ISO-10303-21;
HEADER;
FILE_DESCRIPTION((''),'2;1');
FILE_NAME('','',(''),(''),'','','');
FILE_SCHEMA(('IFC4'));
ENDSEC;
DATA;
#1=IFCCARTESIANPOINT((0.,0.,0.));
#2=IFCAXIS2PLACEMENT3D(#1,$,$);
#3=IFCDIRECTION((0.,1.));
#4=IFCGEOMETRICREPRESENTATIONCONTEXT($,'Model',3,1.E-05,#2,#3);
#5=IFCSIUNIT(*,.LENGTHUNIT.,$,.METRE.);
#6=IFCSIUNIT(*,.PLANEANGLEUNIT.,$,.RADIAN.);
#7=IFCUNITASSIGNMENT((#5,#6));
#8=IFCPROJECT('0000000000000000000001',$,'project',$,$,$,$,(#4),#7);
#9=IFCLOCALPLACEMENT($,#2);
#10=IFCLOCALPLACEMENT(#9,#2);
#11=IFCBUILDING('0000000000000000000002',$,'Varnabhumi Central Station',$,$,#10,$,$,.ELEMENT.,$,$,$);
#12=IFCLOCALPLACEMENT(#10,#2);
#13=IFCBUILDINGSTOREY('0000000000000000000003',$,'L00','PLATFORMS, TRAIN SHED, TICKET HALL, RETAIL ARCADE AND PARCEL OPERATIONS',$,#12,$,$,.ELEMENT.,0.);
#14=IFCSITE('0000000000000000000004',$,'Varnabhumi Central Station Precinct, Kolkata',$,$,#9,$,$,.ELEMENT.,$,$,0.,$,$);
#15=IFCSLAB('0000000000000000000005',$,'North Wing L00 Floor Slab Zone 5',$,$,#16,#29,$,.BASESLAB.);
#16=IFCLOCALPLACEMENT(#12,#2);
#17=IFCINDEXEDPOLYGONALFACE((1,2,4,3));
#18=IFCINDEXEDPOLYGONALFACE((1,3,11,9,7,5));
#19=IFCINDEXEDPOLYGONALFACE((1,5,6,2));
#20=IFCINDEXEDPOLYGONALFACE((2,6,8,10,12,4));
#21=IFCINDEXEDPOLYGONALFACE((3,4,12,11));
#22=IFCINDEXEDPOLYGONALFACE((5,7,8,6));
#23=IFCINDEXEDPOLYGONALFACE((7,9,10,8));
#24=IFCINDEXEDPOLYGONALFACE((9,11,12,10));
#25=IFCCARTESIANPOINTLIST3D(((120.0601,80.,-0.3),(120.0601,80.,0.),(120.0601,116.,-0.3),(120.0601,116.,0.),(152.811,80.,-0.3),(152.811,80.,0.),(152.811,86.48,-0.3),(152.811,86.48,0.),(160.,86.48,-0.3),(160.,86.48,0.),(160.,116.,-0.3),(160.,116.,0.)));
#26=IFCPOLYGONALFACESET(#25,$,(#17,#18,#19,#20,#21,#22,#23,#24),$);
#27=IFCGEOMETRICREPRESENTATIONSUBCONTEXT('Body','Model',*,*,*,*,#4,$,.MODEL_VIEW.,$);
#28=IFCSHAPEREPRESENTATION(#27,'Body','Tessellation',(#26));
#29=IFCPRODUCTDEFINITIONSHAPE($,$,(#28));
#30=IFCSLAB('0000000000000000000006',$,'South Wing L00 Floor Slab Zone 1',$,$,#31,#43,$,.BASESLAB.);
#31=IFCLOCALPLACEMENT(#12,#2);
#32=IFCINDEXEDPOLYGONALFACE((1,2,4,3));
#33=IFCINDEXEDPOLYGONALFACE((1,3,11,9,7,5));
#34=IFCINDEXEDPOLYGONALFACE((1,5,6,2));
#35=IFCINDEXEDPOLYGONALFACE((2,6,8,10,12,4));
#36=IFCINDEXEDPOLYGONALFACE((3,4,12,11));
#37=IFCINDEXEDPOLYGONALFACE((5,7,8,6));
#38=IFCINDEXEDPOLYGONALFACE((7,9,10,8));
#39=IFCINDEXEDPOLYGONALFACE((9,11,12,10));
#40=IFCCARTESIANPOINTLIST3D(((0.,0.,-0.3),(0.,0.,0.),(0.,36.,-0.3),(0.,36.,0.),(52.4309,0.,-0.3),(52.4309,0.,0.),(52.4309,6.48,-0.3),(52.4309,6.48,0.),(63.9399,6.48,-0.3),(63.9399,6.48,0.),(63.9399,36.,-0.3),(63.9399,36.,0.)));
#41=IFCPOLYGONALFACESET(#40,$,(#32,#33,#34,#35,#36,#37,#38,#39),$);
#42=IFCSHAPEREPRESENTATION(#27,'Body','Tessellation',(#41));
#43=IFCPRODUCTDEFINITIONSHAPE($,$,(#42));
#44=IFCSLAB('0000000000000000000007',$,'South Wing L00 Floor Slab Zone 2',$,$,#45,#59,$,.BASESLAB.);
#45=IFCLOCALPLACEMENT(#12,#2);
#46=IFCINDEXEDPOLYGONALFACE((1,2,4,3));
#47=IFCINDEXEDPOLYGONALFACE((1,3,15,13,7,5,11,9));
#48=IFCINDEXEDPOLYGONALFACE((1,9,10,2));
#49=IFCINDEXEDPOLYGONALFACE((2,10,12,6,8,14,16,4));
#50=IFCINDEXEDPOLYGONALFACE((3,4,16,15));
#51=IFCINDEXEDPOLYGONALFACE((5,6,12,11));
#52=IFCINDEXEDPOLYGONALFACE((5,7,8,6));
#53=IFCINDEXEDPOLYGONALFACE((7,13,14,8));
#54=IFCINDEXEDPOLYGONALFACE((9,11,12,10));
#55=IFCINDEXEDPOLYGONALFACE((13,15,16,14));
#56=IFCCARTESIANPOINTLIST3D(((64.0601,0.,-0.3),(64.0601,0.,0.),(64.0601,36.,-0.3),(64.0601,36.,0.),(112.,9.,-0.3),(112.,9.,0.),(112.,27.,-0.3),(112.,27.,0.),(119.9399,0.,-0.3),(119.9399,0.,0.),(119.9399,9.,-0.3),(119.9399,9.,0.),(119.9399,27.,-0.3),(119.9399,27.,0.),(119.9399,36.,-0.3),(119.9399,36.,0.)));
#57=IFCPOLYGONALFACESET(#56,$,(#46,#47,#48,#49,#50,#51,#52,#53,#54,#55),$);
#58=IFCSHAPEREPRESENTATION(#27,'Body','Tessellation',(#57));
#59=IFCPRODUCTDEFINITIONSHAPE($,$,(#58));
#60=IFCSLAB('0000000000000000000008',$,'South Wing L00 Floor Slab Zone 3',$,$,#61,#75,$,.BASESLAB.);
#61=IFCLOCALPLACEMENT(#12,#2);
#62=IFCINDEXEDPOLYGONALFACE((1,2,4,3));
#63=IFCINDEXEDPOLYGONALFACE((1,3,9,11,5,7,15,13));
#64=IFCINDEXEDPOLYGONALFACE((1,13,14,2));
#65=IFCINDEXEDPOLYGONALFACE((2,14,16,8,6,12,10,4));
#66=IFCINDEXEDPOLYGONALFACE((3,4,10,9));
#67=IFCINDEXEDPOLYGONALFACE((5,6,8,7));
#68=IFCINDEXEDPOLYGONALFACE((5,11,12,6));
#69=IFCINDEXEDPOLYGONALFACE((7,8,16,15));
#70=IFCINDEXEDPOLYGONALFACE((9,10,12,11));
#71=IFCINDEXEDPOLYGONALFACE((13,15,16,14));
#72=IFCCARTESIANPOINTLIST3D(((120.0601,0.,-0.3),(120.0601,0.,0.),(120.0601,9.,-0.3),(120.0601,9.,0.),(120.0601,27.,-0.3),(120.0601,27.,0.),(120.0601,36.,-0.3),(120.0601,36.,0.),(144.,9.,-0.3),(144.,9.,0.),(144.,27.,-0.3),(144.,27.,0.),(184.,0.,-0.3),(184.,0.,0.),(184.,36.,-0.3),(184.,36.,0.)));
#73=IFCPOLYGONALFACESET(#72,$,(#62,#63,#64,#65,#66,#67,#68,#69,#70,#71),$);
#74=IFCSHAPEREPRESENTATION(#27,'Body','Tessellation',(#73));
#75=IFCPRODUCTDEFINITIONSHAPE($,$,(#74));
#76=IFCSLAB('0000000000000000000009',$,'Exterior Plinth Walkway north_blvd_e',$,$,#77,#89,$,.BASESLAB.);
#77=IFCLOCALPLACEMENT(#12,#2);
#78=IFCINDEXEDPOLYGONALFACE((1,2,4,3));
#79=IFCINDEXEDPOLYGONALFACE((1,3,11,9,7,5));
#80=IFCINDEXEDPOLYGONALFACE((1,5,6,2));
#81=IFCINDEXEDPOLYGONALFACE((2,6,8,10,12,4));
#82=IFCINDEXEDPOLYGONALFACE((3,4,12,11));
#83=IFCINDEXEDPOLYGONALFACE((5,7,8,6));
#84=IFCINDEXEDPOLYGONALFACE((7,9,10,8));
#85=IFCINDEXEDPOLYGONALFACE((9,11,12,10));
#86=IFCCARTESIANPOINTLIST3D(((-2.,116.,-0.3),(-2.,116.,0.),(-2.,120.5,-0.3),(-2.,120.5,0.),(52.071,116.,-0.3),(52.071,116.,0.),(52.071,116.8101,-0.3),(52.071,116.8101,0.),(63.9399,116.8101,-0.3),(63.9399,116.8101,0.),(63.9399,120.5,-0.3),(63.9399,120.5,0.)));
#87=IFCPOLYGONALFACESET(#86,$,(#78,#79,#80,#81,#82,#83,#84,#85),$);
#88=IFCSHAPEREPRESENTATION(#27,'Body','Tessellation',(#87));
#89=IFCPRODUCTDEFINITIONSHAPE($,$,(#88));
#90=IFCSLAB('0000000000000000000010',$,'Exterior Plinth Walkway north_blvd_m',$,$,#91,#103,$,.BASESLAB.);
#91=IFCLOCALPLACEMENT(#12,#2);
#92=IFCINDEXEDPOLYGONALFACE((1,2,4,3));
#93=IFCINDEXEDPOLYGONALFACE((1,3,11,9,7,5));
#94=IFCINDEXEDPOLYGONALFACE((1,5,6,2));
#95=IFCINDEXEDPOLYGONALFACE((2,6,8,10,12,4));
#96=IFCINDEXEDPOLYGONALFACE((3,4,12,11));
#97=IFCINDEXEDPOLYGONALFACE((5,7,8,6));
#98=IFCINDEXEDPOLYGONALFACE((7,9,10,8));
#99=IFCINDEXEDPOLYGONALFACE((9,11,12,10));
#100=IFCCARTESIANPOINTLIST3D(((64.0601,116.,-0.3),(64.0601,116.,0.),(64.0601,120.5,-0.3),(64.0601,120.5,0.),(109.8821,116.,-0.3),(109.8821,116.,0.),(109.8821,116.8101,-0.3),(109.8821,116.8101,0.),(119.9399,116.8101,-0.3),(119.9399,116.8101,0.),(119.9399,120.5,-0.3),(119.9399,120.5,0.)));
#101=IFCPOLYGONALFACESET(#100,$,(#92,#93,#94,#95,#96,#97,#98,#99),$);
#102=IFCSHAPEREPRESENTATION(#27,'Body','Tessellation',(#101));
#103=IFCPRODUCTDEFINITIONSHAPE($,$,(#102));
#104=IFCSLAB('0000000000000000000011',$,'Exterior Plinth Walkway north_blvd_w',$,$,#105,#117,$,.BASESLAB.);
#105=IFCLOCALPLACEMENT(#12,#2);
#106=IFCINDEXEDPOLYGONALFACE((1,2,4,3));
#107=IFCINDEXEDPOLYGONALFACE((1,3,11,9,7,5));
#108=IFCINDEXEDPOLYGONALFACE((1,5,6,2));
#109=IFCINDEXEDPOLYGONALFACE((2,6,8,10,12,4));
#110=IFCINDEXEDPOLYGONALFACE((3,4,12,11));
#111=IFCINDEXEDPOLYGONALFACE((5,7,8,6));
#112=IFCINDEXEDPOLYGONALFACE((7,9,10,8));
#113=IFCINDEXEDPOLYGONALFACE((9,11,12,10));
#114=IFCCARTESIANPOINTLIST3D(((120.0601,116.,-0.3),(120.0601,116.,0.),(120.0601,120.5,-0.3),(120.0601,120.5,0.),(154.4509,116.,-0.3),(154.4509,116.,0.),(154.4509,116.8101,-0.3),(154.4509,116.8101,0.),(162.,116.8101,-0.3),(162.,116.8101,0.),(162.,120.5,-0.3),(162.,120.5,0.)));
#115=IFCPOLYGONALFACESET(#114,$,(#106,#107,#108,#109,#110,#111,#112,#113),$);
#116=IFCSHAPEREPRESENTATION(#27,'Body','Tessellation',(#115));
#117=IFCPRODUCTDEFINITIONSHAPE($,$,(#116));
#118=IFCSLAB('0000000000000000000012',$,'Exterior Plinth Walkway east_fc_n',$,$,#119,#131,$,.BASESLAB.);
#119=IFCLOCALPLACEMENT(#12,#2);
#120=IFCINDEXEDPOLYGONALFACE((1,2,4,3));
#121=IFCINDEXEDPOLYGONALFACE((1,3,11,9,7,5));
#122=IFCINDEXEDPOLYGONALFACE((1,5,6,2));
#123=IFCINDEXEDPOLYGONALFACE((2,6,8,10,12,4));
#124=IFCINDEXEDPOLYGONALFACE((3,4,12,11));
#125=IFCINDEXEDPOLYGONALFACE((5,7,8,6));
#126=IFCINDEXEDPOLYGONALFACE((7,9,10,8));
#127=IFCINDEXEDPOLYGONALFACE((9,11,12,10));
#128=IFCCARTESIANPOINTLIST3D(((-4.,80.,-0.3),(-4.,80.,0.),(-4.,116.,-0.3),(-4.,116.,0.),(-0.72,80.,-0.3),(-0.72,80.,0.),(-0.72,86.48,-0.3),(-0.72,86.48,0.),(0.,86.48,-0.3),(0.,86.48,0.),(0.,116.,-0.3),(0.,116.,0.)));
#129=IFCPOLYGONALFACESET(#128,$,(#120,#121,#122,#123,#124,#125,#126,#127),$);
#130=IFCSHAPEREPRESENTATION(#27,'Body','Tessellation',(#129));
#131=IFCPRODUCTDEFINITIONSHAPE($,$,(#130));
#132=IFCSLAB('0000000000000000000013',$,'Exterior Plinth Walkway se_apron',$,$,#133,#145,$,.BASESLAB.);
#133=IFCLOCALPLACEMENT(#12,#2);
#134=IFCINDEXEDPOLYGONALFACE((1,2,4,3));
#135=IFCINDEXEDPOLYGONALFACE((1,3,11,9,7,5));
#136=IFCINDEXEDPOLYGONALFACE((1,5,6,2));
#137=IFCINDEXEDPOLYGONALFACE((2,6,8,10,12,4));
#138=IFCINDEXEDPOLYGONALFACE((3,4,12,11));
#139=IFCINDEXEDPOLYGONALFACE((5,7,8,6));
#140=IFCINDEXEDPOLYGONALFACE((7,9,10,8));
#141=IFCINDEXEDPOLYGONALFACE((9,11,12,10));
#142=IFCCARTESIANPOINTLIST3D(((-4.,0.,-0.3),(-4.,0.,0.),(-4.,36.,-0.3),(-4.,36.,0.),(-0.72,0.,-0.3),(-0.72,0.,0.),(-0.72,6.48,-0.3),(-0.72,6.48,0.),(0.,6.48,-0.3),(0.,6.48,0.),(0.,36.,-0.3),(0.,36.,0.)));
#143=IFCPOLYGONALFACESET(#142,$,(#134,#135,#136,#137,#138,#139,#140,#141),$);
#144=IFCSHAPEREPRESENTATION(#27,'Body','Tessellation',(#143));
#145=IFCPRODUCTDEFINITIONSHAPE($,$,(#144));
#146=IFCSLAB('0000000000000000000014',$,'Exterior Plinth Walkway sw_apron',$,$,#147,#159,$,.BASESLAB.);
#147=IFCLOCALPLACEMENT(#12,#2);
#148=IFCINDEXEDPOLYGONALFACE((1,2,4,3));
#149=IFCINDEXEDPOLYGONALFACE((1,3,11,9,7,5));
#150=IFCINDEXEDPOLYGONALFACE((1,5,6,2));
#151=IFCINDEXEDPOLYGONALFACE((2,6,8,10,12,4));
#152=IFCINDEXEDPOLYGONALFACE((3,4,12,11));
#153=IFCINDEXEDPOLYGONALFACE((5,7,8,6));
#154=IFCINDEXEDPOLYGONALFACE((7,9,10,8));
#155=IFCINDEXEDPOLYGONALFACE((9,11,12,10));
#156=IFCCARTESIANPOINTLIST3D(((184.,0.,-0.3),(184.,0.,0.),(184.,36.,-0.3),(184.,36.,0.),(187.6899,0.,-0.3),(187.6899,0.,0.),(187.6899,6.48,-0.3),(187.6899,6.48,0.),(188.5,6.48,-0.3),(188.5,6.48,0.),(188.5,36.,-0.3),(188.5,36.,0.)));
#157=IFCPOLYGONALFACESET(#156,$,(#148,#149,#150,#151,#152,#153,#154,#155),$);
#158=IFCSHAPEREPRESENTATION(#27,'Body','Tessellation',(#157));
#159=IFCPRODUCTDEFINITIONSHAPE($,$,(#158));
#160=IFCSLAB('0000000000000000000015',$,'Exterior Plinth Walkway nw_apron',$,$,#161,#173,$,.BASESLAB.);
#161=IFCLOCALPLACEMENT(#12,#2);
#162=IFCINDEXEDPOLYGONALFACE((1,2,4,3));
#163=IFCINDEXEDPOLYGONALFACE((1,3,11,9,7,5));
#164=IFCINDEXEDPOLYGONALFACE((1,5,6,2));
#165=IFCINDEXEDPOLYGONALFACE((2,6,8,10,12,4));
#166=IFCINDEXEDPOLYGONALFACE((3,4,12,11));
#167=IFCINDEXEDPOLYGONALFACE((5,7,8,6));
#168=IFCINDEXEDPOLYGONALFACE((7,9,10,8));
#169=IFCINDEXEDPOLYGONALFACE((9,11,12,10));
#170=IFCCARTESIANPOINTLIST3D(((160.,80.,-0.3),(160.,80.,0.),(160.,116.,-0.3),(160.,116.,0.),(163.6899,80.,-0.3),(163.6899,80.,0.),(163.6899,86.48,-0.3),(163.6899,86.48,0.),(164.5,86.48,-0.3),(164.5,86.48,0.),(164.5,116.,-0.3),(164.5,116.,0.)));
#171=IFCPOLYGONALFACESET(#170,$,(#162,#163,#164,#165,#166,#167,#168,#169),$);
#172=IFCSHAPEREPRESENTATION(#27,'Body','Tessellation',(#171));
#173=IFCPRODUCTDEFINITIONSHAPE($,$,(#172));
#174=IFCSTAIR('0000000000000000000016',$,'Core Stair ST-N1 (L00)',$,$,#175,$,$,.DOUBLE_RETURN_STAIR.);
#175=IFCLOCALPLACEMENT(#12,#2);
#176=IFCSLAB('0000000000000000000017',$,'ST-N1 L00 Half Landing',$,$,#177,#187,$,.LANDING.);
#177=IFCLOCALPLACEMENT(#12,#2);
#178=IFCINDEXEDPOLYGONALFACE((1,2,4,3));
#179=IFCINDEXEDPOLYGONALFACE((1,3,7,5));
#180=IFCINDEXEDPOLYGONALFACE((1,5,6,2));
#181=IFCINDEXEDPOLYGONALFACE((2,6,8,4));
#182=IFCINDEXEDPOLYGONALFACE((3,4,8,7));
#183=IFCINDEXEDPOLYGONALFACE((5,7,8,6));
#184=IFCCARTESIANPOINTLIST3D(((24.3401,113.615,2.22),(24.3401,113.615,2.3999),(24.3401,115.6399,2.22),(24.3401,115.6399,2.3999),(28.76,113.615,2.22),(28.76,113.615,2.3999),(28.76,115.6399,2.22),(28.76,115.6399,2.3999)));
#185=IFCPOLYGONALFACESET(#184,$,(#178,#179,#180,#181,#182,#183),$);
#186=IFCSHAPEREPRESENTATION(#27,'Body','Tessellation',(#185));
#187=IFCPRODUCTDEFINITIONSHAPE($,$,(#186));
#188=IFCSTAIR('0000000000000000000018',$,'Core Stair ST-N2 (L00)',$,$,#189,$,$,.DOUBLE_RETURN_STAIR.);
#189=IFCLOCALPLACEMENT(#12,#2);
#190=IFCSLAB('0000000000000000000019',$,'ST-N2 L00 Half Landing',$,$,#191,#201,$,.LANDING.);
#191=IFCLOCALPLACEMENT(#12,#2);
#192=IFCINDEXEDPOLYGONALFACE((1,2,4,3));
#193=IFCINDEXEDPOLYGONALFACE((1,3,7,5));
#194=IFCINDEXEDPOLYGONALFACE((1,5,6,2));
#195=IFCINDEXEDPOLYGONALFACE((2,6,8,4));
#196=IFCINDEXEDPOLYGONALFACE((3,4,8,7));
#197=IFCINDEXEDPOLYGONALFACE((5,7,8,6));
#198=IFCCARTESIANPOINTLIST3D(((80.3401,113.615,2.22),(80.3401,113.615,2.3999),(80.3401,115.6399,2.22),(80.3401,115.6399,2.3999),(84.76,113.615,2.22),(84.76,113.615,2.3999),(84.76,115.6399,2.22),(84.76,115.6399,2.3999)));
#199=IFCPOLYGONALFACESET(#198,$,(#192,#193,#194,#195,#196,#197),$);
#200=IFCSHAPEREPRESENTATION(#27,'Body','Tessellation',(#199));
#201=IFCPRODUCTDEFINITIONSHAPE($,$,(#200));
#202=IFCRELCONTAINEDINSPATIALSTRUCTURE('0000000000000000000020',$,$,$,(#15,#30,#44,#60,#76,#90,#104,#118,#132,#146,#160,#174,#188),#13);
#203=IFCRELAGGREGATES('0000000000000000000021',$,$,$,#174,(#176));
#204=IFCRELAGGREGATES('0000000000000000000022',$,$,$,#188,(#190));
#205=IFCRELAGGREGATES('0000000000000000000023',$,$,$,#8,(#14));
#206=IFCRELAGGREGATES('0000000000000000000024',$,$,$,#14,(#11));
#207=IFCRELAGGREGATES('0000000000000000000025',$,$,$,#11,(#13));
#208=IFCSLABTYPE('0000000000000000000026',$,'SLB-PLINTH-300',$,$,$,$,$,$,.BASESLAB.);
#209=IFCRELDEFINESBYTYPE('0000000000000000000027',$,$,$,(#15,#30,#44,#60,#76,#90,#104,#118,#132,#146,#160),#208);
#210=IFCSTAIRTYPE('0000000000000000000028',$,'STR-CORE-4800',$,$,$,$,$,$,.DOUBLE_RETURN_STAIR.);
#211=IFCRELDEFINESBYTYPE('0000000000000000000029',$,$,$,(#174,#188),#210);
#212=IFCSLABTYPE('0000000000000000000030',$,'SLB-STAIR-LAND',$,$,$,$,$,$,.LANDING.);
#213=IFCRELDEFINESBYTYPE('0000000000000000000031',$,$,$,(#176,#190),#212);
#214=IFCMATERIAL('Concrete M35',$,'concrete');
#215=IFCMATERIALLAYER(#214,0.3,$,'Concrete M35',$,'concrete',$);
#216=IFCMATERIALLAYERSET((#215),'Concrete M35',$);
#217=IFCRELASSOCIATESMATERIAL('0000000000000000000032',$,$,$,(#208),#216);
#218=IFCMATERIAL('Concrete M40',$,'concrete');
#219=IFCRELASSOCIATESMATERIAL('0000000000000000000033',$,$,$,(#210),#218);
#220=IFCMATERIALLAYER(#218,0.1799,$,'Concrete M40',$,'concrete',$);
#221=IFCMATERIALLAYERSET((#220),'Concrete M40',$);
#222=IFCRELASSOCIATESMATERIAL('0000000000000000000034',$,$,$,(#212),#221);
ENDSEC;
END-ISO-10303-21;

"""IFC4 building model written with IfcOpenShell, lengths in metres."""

from ifc_helpers import new_model, si_unit, direction, frame, origin, place, context, subcontext, project, spatial, polyline, outline, extrude, material, layer, layer_set, type_object, element, aggregate, save


model = new_model("IFC4")

# Units and contexts
model_context = context("Model", 3, precision=1e-05, world=origin(), true_north=direction((0.0, 1.0)))
body_context = subcontext(model_context, "Body", "Model", "MODEL_VIEW")
ifc_project = project(units=[si_unit("LENGTHUNIT", "METRE"), si_unit("PLANEANGLEUNIT", "RADIAN")], contexts=[model_context])

# Site, building, storey
site_placement = place(None, origin())
site = spatial("IfcSite", under=ifc_project, at=site_placement, Name="Varnabhumi Central Station Precinct, Kolkata", CompositionType="ELEMENT", RefElevation=0.0)
building_placement = place(site_placement, origin())
building = spatial("IfcBuilding", under=site, at=building_placement, Name="Varnabhumi Central Station", CompositionType="ELEMENT")
storey_placement = place(building_placement, origin())
storey = spatial("IfcBuildingStorey", under=building, at=storey_placement, Name="L00", Description="PLATFORMS, TRAIN SHED, TICKET HALL, RETAIL ARCADE AND PARCEL OPERATIONS", CompositionType="ELEMENT", Elevation=0.0)

# Slabs
ifc_material_1 = material(Name="Concrete M35", Category="concrete")
ifc_layer_1 = layer(ifc_material_1, 0.3, Name="Concrete M35", Category="concrete")
ifc_layer_set_1 = layer_set([ifc_layer_1], Name="Concrete M35")
slab_type_1 = type_object("IfcSlabType", Name="SLB-PLINTH-300", PredefinedType="BASESLAB", material=ifc_layer_set_1)
slab_1_placement = place(storey_placement, frame((0.0, 0.0, -0.3)))
element("IfcSlab", 1, at=slab_1_placement, inside=storey, type_object=slab_type_1, Name="North Wing L00 Floor Slab Zone 5", PredefinedType="BASESLAB", context=body_context, shape_type="SweptSolid", body=[
    extrude(outline(polyline([(120.0601, 80.0), (152.811, 80.0), (152.811, 86.48), (160.0, 86.48), (160.0, 116.0), (120.0601, 116.0), (120.0601, 80.0)])), origin(), (0.0, 0.0, 1.0), 0.3),
])
slab_2_placement = place(storey_placement, frame((0.0, 0.0, -0.3)))
element("IfcSlab", 2, at=slab_2_placement, inside=storey, type_object=slab_type_1, Name="South Wing L00 Floor Slab Zone 1", PredefinedType="BASESLAB", context=body_context, shape_type="SweptSolid", body=[
    extrude(outline(polyline([(0.0, 0.0), (52.4309, 0.0), (52.4309, 6.48), (63.9399, 6.48), (63.9399, 36.0), (0.0, 36.0), (0.0, 0.0)])), origin(), (0.0, 0.0, 1.0), 0.3),
])
slab_3_placement = place(storey_placement, frame((0.0, 0.0, -0.3)))
element("IfcSlab", 3, at=slab_3_placement, inside=storey, type_object=slab_type_1, Name="South Wing L00 Floor Slab Zone 2", PredefinedType="BASESLAB", context=body_context, shape_type="SweptSolid", body=[
    extrude(outline(polyline([(64.0601, 0.0), (119.9399, 0.0), (119.9399, 9.0), (112.0, 9.0), (112.0, 27.0), (119.9399, 27.0), (119.9399, 36.0), (64.0601, 36.0), (64.0601, 0.0)])), origin(), (0.0, 0.0, 1.0), 0.3),
])
slab_4_placement = place(storey_placement, frame((0.0, 0.0, -0.3)))
element("IfcSlab", 4, at=slab_4_placement, inside=storey, type_object=slab_type_1, Name="South Wing L00 Floor Slab Zone 3", PredefinedType="BASESLAB", context=body_context, shape_type="SweptSolid", body=[
    extrude(outline(polyline([(120.0601, 0.0), (184.0, 0.0), (184.0, 36.0), (120.0601, 36.0), (120.0601, 27.0), (144.0, 27.0), (144.0, 9.0), (120.0601, 9.0), (120.0601, 0.0)])), origin(), (0.0, 0.0, 1.0), 0.3),
])
slab_5_placement = place(storey_placement, frame((0.0, 0.0, -0.3)))
element("IfcSlab", 5, at=slab_5_placement, inside=storey, type_object=slab_type_1, Name="Exterior Plinth Walkway north_blvd_e", PredefinedType="BASESLAB", context=body_context, shape_type="SweptSolid", body=[
    extrude(outline(polyline([(-2.0, 116.0), (52.071, 116.0), (52.071, 116.8101), (63.9399, 116.8101), (63.9399, 120.5), (-2.0, 120.5), (-2.0, 116.0)])), origin(), (0.0, 0.0, 1.0), 0.3),
])
slab_6_placement = place(storey_placement, frame((0.0, 0.0, -0.3)))
element("IfcSlab", 6, at=slab_6_placement, inside=storey, type_object=slab_type_1, Name="Exterior Plinth Walkway north_blvd_m", PredefinedType="BASESLAB", context=body_context, shape_type="SweptSolid", body=[
    extrude(outline(polyline([(64.0601, 116.0), (109.8821, 116.0), (109.8821, 116.8101), (119.9399, 116.8101), (119.9399, 120.5), (64.0601, 120.5), (64.0601, 116.0)])), origin(), (0.0, 0.0, 1.0), 0.3),
])
slab_7_placement = place(storey_placement, frame((0.0, 0.0, -0.3)))
element("IfcSlab", 7, at=slab_7_placement, inside=storey, type_object=slab_type_1, Name="Exterior Plinth Walkway north_blvd_w", PredefinedType="BASESLAB", context=body_context, shape_type="SweptSolid", body=[
    extrude(outline(polyline([(120.0601, 116.0), (154.4509, 116.0), (154.4509, 116.8101), (162.0, 116.8101), (162.0, 120.5), (120.0601, 120.5), (120.0601, 116.0)])), origin(), (0.0, 0.0, 1.0), 0.3),
])
slab_8_placement = place(storey_placement, frame((0.0, 0.0, -0.3)))
element("IfcSlab", 8, at=slab_8_placement, inside=storey, type_object=slab_type_1, Name="Exterior Plinth Walkway east_fc_n", PredefinedType="BASESLAB", context=body_context, shape_type="SweptSolid", body=[
    extrude(outline(polyline([(-4.0, 80.0), (-0.72, 80.0), (-0.72, 86.48), (0.0, 86.48), (0.0, 116.0), (-4.0, 116.0), (-4.0, 80.0)])), origin(), (0.0, 0.0, 1.0), 0.3),
])
slab_9_placement = place(storey_placement, frame((0.0, 0.0, -0.3)))
element("IfcSlab", 9, at=slab_9_placement, inside=storey, type_object=slab_type_1, Name="Exterior Plinth Walkway se_apron", PredefinedType="BASESLAB", context=body_context, shape_type="SweptSolid", body=[
    extrude(outline(polyline([(-4.0, 0.0), (-0.72, 0.0), (-0.72, 6.48), (0.0, 6.48), (0.0, 36.0), (-4.0, 36.0), (-4.0, 0.0)])), origin(), (0.0, 0.0, 1.0), 0.3),
])
slab_10_placement = place(storey_placement, frame((0.0, 0.0, -0.3)))
element("IfcSlab", 10, at=slab_10_placement, inside=storey, type_object=slab_type_1, Name="Exterior Plinth Walkway sw_apron", PredefinedType="BASESLAB", context=body_context, shape_type="SweptSolid", body=[
    extrude(outline(polyline([(184.0, 0.0), (187.6899, 0.0), (187.6899, 6.48), (188.5, 6.48), (188.5, 36.0), (184.0, 36.0), (184.0, 0.0)])), origin(), (0.0, 0.0, 1.0), 0.3),
])
slab_11_placement = place(storey_placement, frame((0.0, 0.0, -0.3)))
element("IfcSlab", 11, at=slab_11_placement, inside=storey, type_object=slab_type_1, Name="Exterior Plinth Walkway nw_apron", PredefinedType="BASESLAB", context=body_context, shape_type="SweptSolid", body=[
    extrude(outline(polyline([(160.0, 80.0), (163.6899, 80.0), (163.6899, 86.48), (164.5, 86.48), (164.5, 116.0), (160.0, 116.0), (160.0, 80.0)])), origin(), (0.0, 0.0, 1.0), 0.3),
])

# Stairs, slabs
ifc_material_2 = material(Name="Concrete M40", Category="concrete")
stair_type = type_object("IfcStairType", Name="STR-CORE-4800", PredefinedType="DOUBLE_RETURN_STAIR", material=ifc_material_2)
stair_1_placement = place(storey_placement, origin())
stair_1 = element("IfcStair", 12, at=stair_1_placement, inside=storey, type_object=stair_type, Name="Core Stair ST-N1 (L00)", PredefinedType="DOUBLE_RETURN_STAIR")
ifc_layer_2 = layer(ifc_material_2, 0.1799, Name="Concrete M40", Category="concrete")
ifc_layer_set_2 = layer_set([ifc_layer_2], Name="Concrete M40")
slab_type_2 = type_object("IfcSlabType", Name="SLB-STAIR-LAND", PredefinedType="LANDING", material=ifc_layer_set_2)
slab_12_placement = place(storey_placement, frame((0.0, 0.0, 2.22)))
slab_12 = element("IfcSlab", 13, at=slab_12_placement, type_object=slab_type_2, Name="ST-N1 L00 Half Landing", PredefinedType="LANDING", context=body_context, shape_type="SweptSolid", body=[
    extrude(outline(polyline([(24.3401, 113.615), (28.76, 113.615), (28.76, 115.6399), (24.3401, 115.6399), (24.3401, 113.615)])), origin(), (0.0, 0.0, 1.0), 0.1799),
])
aggregate(stair_1, [slab_12])
stair_2_placement = place(storey_placement, origin())
stair_2 = element("IfcStair", 14, at=stair_2_placement, inside=storey, type_object=stair_type, Name="Core Stair ST-N2 (L00)", PredefinedType="DOUBLE_RETURN_STAIR")
slab_13_placement = place(storey_placement, frame((0.0, 0.0, 2.22)))
slab_13 = element("IfcSlab", 15, at=slab_13_placement, type_object=slab_type_2, Name="ST-N2 L00 Half Landing", PredefinedType="LANDING", context=body_context, shape_type="SweptSolid", body=[
    extrude(outline(polyline([(80.3401, 113.615), (84.76, 113.615), (84.76, 115.6399), (80.3401, 115.6399), (80.3401, 113.615)])), origin(), (0.0, 0.0, 1.0), 0.1799),
])
aggregate(stair_2, [slab_13])

save(model, "model.ifc")
